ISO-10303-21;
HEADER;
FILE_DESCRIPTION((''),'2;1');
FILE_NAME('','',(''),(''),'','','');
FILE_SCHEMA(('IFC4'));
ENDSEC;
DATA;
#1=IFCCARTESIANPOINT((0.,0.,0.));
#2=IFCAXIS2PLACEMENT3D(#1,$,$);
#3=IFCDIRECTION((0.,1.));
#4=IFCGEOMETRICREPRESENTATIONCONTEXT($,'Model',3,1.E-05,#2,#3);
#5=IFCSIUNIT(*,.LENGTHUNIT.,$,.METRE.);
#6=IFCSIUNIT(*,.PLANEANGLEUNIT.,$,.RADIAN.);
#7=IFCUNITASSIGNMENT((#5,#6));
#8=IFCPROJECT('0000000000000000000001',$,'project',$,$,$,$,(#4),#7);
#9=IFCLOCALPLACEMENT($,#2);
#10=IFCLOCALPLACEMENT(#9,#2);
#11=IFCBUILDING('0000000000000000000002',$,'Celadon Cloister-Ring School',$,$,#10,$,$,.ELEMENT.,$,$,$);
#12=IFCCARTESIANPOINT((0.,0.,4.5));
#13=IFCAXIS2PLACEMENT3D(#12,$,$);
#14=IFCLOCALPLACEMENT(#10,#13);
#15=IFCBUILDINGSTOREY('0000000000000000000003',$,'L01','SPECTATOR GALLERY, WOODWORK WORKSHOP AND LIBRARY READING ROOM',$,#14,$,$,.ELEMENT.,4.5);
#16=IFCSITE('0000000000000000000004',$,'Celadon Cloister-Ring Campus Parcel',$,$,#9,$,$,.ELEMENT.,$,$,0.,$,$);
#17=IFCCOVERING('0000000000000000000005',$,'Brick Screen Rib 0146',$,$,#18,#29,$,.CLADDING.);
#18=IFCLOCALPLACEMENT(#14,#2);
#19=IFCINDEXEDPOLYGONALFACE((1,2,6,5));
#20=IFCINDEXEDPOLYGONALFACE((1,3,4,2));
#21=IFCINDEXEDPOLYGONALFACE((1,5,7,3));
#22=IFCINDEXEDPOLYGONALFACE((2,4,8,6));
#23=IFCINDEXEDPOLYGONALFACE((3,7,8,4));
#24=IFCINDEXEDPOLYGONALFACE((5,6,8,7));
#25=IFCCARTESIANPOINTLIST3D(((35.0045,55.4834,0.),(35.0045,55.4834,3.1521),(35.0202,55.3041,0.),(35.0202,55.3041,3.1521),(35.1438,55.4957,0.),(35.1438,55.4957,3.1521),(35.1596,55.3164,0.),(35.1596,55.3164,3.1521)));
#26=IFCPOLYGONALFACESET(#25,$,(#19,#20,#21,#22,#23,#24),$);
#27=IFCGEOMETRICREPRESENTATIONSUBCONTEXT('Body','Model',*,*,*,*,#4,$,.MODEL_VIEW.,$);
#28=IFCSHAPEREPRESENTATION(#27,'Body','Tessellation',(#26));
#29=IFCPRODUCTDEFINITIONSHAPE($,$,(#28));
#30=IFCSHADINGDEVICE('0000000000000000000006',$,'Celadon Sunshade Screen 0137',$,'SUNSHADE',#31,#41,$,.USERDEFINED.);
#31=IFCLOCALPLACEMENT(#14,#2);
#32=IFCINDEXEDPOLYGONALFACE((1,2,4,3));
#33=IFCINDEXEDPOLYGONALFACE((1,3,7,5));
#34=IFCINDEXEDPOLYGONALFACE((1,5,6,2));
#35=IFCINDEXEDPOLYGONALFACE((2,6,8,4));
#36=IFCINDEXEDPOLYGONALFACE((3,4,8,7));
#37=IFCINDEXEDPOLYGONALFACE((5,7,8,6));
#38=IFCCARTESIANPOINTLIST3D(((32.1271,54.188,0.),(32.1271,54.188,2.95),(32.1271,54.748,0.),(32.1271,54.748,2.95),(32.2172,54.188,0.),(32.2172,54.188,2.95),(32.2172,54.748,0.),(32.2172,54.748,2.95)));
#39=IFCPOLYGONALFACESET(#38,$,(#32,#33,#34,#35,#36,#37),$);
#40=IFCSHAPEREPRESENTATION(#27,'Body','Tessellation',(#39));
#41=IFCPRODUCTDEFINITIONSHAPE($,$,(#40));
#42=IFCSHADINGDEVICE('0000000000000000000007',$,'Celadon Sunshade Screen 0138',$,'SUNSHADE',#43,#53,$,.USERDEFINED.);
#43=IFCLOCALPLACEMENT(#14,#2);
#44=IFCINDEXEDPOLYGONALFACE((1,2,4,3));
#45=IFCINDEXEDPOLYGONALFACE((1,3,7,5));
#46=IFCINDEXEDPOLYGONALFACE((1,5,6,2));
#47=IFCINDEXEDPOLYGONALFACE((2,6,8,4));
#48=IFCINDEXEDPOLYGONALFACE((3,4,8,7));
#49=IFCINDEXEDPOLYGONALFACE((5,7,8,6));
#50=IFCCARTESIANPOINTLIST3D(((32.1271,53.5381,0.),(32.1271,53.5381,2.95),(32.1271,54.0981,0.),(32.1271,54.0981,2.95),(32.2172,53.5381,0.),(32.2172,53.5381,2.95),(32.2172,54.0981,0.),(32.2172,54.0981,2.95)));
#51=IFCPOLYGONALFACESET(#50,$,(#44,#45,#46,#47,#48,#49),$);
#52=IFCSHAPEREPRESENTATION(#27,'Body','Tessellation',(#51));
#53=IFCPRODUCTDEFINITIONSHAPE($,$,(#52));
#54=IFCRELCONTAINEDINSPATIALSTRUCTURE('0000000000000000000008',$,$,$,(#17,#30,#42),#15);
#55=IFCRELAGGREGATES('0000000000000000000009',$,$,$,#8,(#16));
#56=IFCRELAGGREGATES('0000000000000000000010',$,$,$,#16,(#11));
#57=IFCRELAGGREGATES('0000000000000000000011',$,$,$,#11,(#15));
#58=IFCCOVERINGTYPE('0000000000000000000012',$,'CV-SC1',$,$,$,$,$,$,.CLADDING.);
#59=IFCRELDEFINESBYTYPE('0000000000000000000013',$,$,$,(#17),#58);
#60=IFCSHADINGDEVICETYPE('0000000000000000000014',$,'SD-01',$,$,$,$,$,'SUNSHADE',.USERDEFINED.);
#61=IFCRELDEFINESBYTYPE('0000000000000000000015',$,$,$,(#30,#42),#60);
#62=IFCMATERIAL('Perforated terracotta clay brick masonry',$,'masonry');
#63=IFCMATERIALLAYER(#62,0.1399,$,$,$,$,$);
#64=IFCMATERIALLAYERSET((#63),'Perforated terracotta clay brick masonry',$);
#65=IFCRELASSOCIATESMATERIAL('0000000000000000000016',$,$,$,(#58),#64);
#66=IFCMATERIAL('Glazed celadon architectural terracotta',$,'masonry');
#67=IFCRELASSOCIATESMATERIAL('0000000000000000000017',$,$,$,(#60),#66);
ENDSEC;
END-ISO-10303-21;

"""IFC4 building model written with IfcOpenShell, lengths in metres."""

from ifc_helpers import new_model, si_unit, direction, frame, origin, origin_2d, place, context, subcontext, project, spatial, rectangle, extrude, material, layer, layer_set, type_object, element, save


model = new_model("IFC4")

# Units and contexts
model_context = context("Model", 3, precision=1e-05, world=origin(), true_north=direction((0.0, 1.0)))
body_context = subcontext(model_context, "Body", "Model", "MODEL_VIEW")
ifc_project = project(units=[si_unit("LENGTHUNIT", "METRE"), si_unit("PLANEANGLEUNIT", "RADIAN")], contexts=[model_context])

# Site, building, storey
site_placement = place(None, origin())
site = spatial("IfcSite", under=ifc_project, at=site_placement, Name="Celadon Cloister-Ring Campus Parcel", CompositionType="ELEMENT", RefElevation=0.0)
building_placement = place(site_placement, origin())
building = spatial("IfcBuilding", under=site, at=building_placement, Name="Celadon Cloister-Ring School", CompositionType="ELEMENT")
storey_placement = place(building_placement, frame((0.0, 0.0, 4.5)))
storey = spatial("IfcBuildingStorey", under=building, at=storey_placement, Name="L01", Description="SPECTATOR GALLERY, WOODWORK WORKSHOP AND LIBRARY READING ROOM", CompositionType="ELEMENT", Elevation=4.5)

# Covering
ifc_material_1 = material(Name="Perforated terracotta clay brick masonry", Category="masonry")
ifc_layer_1 = layer(ifc_material_1, 0.1399)
ifc_layer_set_1 = layer_set([ifc_layer_1], Name="Perforated terracotta clay brick masonry")
covering_type = type_object("IfcCoveringType", Name="CV-SC1", PredefinedType="CLADDING", material=ifc_layer_set_1)
for number, where, z_axis, x_axis, name in (
    (1, (35.082, 55.3999, 0.0), (0.0, 0.0, 1.0), (-0.087747, 0.996143, 0.0), "Brick Screen Rib 0146"),
):
    element("IfcCovering", number, at=place(storey_placement, frame(where, z_axis=z_axis, x_axis=x_axis)), inside=storey, type_object=covering_type, Name=name, PredefinedType="CLADDING", context=body_context, shape_type="SweptSolid", body=[
        extrude(rectangle(XDim=0.1799, YDim=0.1399, at=origin_2d()), origin(), (0.0, 0.0, 1.0), 3.1521),
    ])

# Shading devices
ifc_material_2 = material(Name="Glazed celadon architectural terracotta", Category="masonry")
shading_device_type = type_object("IfcShadingDeviceType", Name="SD-01", ElementType="SUNSHADE", PredefinedType="USERDEFINED", material=ifc_material_2)
for number, where, z_axis, x_axis, name in (
    (2, (32.1721, 54.468, 0.0), (0.0, 0.0, 1.0), (0.0, -1.0, 0.0), "Celadon Sunshade Screen 0137"),
    (3, (32.1721, 53.8181, 0.0), (0.0, 0.0, 1.0), (0.0, -1.0, 0.0), "Celadon Sunshade Screen 0138"),
):
    element("IfcShadingDevice", number, at=place(storey_placement, frame(where, z_axis=z_axis, x_axis=x_axis)), inside=storey, type_object=shading_device_type, Name=name, ObjectType="SUNSHADE", PredefinedType="USERDEFINED", context=body_context, shape_type="SweptSolid", body=[
        extrude(rectangle(XDim=0.5601, YDim=0.0901, at=origin_2d()), origin(), (0.0, 0.0, 1.0), 2.95),
    ])

save(model, "model.ifc")
